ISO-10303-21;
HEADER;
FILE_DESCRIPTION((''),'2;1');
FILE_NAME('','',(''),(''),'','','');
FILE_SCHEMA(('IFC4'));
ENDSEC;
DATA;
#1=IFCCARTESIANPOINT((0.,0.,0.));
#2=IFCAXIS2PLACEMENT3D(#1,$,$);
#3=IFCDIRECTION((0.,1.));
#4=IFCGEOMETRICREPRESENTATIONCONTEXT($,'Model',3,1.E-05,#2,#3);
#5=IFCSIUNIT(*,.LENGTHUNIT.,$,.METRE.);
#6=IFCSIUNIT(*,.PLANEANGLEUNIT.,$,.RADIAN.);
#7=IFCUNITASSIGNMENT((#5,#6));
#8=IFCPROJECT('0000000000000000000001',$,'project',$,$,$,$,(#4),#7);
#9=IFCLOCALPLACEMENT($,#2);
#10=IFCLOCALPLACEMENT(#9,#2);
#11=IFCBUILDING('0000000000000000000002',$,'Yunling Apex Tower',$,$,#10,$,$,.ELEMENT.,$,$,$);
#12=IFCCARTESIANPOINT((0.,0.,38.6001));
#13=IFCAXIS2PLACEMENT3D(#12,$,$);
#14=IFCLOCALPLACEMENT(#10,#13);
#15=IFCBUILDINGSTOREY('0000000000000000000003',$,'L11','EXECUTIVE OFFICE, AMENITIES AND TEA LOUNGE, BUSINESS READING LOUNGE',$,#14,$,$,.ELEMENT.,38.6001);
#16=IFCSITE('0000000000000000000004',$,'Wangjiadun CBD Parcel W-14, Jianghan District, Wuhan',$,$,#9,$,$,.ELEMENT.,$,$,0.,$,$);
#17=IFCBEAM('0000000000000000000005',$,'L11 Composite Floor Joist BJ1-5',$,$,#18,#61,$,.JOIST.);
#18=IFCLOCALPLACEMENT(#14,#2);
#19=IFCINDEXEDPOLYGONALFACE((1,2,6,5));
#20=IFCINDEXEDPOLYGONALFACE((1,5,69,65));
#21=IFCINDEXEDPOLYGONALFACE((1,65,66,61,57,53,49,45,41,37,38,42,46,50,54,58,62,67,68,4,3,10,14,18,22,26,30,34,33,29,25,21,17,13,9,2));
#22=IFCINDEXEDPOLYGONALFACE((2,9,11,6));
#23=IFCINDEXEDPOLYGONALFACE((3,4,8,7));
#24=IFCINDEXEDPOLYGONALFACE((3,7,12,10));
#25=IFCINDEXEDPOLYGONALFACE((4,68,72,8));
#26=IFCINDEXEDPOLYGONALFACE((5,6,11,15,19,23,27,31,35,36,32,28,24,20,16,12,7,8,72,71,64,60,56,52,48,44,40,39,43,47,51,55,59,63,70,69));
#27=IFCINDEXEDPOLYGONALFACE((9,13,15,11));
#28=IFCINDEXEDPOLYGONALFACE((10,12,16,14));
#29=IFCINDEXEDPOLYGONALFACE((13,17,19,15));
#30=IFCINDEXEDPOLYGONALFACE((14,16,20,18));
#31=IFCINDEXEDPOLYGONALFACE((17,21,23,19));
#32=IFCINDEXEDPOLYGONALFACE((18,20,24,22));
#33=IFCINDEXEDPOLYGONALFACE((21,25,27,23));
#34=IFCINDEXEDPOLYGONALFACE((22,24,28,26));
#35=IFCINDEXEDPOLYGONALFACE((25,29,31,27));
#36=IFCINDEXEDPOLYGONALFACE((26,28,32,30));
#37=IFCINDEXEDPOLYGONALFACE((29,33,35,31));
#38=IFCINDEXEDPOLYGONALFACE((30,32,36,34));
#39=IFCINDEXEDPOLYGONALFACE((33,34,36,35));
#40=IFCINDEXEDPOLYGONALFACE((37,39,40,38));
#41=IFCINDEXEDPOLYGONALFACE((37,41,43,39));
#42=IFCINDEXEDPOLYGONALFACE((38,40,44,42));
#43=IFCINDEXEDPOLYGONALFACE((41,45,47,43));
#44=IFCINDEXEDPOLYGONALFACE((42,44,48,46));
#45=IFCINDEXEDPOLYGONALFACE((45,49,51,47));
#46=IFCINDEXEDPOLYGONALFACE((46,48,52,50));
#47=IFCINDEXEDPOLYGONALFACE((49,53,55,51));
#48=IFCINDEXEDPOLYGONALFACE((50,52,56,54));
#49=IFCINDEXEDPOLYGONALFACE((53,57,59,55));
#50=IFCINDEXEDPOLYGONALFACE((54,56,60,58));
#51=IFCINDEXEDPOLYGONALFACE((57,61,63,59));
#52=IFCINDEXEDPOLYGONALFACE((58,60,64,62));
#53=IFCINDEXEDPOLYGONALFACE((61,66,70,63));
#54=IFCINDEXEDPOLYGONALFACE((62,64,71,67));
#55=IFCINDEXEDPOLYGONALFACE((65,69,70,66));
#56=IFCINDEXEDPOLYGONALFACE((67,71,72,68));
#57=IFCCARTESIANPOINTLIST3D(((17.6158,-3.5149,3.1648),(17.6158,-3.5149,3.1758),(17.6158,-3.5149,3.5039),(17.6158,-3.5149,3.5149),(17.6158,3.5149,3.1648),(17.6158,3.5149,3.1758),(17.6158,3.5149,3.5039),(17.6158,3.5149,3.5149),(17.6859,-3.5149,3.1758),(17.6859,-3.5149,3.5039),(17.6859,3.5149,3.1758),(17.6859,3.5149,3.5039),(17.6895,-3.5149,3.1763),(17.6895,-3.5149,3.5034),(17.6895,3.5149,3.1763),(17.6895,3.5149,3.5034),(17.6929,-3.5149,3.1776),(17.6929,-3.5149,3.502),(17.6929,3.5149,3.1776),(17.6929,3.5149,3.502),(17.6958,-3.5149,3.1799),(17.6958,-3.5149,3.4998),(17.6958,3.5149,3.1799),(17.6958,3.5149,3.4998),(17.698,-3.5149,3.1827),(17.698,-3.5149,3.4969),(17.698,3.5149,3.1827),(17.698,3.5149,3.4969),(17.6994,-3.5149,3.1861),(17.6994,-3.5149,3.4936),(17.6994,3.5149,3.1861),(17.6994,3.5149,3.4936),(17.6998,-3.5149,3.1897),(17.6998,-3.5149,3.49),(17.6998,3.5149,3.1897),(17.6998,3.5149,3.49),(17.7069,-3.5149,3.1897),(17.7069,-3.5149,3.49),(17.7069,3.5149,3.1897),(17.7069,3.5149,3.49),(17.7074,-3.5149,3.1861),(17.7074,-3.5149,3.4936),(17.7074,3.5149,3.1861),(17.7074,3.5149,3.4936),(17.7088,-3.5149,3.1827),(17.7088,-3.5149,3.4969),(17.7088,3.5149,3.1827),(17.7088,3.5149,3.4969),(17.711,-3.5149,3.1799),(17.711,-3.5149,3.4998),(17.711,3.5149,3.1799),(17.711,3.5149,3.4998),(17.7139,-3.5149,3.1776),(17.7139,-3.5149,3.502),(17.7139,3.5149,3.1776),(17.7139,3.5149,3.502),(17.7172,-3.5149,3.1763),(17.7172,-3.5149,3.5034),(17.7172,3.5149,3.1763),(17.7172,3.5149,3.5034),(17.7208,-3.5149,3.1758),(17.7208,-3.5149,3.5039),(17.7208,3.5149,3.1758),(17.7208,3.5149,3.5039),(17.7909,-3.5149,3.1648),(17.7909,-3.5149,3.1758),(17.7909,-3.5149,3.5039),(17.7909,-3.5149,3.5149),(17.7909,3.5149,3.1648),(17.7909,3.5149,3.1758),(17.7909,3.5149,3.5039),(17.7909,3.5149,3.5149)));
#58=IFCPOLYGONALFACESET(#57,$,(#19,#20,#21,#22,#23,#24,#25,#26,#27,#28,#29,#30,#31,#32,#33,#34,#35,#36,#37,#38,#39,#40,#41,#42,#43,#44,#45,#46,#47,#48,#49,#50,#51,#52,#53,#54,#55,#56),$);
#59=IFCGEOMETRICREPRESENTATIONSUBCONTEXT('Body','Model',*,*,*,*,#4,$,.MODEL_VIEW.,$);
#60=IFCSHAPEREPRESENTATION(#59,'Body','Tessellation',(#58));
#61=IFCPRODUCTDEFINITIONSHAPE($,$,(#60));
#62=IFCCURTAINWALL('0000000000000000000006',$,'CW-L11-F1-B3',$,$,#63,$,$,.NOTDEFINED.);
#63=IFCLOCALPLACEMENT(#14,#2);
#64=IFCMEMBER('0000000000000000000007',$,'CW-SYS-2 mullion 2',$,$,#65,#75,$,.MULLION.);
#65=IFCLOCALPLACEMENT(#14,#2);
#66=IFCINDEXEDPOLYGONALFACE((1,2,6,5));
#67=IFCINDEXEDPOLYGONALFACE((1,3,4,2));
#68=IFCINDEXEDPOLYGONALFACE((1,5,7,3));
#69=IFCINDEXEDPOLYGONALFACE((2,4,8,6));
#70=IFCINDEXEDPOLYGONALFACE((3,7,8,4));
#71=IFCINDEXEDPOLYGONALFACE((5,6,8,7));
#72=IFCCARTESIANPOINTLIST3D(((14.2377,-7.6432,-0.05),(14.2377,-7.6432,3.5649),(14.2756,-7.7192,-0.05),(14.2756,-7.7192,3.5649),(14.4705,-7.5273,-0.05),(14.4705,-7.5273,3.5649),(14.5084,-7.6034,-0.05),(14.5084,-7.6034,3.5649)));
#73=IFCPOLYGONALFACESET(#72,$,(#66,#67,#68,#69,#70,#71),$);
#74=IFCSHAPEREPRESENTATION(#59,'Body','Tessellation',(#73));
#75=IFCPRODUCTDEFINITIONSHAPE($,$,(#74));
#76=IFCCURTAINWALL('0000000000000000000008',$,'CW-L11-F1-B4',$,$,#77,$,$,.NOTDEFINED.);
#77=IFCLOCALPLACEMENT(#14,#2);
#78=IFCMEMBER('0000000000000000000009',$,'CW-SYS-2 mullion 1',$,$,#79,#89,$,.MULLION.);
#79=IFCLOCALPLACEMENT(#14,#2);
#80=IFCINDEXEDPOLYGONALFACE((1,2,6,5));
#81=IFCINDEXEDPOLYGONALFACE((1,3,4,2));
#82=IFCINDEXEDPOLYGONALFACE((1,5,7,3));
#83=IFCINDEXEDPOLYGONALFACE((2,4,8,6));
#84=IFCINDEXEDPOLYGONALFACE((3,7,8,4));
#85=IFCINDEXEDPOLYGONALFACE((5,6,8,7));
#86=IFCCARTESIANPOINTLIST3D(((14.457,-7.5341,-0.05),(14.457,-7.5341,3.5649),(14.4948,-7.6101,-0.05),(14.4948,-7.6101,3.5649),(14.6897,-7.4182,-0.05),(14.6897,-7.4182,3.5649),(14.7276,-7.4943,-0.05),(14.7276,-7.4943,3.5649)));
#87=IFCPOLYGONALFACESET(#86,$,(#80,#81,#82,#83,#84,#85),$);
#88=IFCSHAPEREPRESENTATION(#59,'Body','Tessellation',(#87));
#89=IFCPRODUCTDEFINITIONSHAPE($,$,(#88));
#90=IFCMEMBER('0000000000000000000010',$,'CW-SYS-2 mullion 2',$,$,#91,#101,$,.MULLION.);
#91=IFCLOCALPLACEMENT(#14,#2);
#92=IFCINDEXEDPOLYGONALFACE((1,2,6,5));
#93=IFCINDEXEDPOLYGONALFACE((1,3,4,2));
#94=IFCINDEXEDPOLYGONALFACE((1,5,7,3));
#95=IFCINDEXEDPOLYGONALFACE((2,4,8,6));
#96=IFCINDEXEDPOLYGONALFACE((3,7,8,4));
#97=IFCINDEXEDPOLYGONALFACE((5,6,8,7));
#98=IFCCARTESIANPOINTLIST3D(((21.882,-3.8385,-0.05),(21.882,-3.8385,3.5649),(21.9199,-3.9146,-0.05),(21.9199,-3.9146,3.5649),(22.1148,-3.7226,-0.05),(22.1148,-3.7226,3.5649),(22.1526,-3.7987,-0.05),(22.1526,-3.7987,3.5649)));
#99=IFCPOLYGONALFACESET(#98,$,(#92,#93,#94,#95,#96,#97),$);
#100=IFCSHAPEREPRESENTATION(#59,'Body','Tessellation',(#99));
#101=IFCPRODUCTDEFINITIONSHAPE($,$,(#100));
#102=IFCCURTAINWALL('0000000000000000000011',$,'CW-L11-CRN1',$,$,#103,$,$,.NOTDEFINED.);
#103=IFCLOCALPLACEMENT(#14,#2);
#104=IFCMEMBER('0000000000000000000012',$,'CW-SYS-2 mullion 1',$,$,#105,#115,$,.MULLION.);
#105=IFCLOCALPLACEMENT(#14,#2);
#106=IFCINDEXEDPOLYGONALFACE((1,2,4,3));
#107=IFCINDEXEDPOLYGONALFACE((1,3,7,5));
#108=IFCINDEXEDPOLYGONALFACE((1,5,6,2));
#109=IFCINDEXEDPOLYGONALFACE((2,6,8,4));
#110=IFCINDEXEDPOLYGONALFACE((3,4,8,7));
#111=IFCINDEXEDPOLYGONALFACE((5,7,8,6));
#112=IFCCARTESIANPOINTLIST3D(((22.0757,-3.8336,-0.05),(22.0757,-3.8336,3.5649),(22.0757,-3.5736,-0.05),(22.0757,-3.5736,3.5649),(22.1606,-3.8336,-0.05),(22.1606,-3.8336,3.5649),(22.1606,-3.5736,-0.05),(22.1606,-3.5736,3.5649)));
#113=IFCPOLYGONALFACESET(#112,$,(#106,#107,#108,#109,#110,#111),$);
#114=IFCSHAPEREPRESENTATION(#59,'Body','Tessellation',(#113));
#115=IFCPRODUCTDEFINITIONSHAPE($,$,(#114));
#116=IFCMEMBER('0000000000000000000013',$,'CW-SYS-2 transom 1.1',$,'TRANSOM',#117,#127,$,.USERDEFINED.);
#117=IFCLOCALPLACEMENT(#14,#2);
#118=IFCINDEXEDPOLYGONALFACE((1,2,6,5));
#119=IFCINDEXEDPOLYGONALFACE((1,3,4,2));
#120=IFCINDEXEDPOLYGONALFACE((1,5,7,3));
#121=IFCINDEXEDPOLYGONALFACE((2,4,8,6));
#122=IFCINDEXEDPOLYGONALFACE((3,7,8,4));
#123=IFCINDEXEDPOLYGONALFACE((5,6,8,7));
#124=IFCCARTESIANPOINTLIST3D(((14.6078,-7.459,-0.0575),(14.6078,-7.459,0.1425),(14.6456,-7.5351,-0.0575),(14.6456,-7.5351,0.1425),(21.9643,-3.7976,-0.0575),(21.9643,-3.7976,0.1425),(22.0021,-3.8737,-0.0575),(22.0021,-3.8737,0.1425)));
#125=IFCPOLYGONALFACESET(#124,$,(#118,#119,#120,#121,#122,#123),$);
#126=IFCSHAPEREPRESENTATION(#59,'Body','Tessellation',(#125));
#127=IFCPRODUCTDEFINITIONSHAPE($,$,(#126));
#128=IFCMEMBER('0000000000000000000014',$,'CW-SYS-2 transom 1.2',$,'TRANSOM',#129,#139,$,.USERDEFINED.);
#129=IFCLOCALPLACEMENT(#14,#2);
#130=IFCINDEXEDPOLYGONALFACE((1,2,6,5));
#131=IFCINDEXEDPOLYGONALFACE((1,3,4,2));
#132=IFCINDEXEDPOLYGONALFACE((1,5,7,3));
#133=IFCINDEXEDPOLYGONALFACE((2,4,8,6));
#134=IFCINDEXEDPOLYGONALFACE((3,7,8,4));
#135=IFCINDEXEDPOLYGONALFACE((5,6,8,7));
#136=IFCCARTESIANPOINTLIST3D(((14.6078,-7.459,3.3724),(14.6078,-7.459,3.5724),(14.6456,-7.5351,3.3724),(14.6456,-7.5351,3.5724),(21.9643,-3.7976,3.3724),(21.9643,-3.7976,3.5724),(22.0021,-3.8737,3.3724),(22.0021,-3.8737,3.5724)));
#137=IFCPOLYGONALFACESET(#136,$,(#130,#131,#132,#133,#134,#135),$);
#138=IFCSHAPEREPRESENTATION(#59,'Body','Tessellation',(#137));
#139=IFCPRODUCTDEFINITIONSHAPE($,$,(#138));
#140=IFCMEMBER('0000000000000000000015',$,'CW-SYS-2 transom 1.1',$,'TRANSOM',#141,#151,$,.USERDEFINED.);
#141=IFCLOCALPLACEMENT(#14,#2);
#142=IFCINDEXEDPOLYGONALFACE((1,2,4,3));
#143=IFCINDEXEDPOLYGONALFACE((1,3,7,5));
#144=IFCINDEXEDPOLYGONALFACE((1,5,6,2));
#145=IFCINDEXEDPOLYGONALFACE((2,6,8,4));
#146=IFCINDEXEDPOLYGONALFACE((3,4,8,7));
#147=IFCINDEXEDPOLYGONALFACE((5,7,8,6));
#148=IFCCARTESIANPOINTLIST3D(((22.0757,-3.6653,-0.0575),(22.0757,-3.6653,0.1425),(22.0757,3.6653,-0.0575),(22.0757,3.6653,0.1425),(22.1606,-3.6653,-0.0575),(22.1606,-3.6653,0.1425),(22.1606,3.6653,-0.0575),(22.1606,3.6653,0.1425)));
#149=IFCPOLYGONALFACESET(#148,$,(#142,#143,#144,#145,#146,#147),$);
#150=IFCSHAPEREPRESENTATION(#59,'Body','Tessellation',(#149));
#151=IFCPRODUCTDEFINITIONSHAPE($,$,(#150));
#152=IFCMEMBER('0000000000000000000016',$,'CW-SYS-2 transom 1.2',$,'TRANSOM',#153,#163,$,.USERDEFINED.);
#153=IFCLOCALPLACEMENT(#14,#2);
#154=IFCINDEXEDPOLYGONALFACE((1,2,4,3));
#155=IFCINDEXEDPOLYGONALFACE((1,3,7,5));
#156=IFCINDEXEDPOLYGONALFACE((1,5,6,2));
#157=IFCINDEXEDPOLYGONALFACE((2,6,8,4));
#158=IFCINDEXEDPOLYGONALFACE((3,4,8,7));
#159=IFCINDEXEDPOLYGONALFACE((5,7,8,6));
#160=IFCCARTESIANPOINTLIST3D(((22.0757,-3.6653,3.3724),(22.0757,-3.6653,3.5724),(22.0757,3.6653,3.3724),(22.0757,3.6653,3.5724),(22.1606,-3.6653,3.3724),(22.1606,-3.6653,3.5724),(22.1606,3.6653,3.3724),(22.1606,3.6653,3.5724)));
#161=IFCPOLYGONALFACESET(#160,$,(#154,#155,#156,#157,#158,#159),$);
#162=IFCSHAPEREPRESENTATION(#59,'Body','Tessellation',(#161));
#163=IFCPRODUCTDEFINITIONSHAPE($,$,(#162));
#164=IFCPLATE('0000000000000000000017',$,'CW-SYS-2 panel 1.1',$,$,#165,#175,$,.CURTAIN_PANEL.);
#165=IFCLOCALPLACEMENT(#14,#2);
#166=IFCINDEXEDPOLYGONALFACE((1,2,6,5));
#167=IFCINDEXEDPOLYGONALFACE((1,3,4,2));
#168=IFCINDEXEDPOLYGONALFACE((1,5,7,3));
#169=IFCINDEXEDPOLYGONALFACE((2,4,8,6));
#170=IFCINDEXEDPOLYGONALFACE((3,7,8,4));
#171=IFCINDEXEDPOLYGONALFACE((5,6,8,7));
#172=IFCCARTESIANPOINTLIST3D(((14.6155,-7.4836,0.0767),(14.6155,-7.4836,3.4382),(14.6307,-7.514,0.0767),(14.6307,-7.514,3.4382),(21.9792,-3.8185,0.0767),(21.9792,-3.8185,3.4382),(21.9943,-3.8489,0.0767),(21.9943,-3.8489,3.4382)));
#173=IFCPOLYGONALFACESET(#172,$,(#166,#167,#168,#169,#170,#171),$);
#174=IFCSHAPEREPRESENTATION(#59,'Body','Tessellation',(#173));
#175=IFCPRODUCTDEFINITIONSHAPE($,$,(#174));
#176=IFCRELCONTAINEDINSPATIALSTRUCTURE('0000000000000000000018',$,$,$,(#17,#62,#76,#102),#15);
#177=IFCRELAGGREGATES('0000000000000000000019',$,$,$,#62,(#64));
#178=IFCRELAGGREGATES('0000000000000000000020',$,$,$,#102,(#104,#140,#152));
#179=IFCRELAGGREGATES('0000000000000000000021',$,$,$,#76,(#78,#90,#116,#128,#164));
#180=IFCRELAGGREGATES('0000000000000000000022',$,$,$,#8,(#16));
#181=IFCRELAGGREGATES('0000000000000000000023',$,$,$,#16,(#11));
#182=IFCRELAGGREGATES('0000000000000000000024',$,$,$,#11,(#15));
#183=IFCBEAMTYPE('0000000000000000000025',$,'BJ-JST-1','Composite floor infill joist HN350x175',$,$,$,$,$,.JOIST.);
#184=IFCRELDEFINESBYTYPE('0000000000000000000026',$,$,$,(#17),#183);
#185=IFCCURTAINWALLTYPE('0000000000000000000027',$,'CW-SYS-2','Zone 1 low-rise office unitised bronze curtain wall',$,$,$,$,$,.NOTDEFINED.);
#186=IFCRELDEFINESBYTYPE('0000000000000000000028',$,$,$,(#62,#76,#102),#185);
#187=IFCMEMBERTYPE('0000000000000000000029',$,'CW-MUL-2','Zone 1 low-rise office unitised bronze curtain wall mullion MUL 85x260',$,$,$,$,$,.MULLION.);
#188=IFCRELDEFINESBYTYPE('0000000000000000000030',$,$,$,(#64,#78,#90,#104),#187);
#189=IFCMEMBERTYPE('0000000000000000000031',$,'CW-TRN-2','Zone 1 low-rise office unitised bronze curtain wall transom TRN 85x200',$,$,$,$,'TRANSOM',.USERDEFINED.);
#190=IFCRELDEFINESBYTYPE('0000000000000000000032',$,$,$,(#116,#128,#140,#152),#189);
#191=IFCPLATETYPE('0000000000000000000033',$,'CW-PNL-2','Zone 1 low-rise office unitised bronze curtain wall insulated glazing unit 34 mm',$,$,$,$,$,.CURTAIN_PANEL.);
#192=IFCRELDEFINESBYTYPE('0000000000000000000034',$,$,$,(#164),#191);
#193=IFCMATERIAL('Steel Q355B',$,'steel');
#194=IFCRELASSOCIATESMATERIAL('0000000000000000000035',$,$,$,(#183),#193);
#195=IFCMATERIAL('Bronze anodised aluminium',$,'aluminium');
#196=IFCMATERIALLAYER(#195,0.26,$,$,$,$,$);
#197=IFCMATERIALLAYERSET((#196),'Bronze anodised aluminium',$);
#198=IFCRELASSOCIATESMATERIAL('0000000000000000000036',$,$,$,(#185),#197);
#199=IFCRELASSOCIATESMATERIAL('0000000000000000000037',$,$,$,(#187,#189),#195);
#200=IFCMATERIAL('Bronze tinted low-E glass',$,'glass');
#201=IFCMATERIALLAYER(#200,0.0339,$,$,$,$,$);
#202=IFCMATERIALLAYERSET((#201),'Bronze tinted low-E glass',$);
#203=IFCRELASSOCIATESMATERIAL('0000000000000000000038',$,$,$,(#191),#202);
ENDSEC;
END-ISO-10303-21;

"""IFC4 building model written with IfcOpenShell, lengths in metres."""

from ifc_helpers import new_model, si_unit, direction, frame, origin, origin_2d, place, context, subcontext, project, spatial, rectangle, i_section, extrude, source, transform, mapped, material, layer, layer_set, material_profile, profile_set, type_object, element, aggregate, save


model = new_model("IFC4")

# Units and contexts
model_context = context("Model", 3, precision=1e-05, world=origin(), true_north=direction((0.0, 1.0)))
body_context = subcontext(model_context, "Body", "Model", "MODEL_VIEW")
ifc_project = project(units=[si_unit("LENGTHUNIT", "METRE"), si_unit("PLANEANGLEUNIT", "RADIAN")], contexts=[model_context])

# Site, building, storey
site_placement = place(None, origin())
site = spatial("IfcSite", under=ifc_project, at=site_placement, Name="Wangjiadun CBD Parcel W-14, Jianghan District, Wuhan", CompositionType="ELEMENT", RefElevation=0.0)
building_placement = place(site_placement, origin())
building = spatial("IfcBuilding", under=site, at=building_placement, Name="Yunling Apex Tower", CompositionType="ELEMENT")
storey_placement = place(building_placement, frame((0.0, 0.0, 38.6001)))
storey = spatial("IfcBuildingStorey", under=building, at=storey_placement, Name="L11", Description="EXECUTIVE OFFICE, AMENITIES AND TEA LOUNGE, BUSINESS READING LOUNGE", CompositionType="ELEMENT", Elevation=38.6001)

# Beam
ifc_material_1 = material(Name="Steel Q355B", Category="steel")
ifc_material_profile_1 = material_profile(ifc_material_1, i_section(OverallWidth=0.175, OverallDepth=0.3501, WebThickness=0.0071, FlangeThickness=0.011, FilletRadius=0.0139, at=origin_2d()))
ifc_profile_set_1 = profile_set([ifc_material_profile_1], Name="Steel Q355B")
beam_type_1 = type_object("IfcBeamType", Name="BJ-JST-1", Description="Composite floor infill joist HN350x175", PredefinedType="JOIST", material=ifc_profile_set_1)
shared_shape_1 = source(origin(), body_context, "Body", "SweptSolid", [
    extrude(i_section(OverallWidth=0.175, OverallDepth=0.3501, WebThickness=0.0071, FlangeThickness=0.011, FilletRadius=0.0139, at=origin_2d()), origin(), (0.0, 0.0, 1.0), 7.0298),
])
beam_1_placement = place(storey_placement, frame((17.7034, -3.5149, 3.3398), z_axis=(0.0, 1.0, 0.0), x_axis=(-1.0, 0.0, 0.0)))
element("IfcBeam", 1, at=beam_1_placement, inside=storey, type_object=beam_type_1, Name="L11 Composite Floor Joist BJ1-5", PredefinedType="JOIST", context=body_context, shape_type="MappedRepresentation", body=[
    mapped(shared_shape_1, transform((0.0, 0.0, 0.0), scale=1.0)),
])

# Curtain wall, member
ifc_material_2 = material(Name="Bronze anodised aluminium", Category="aluminium")
ifc_layer_1 = layer(ifc_material_2, 0.26)
ifc_layer_set_1 = layer_set([ifc_layer_1], Name="Bronze anodised aluminium")
curtain_wall_type = type_object("IfcCurtainWallType", Name="CW-SYS-2", Description="Zone 1 low-rise office unitised bronze curtain wall", PredefinedType="NOTDEFINED", material=ifc_layer_set_1)
curtain_wall_1_placement = place(storey_placement, origin())
curtain_wall_1 = element("IfcCurtainWall", 2, at=curtain_wall_1_placement, inside=storey, type_object=curtain_wall_type, Name="CW-L11-F1-B3", PredefinedType="NOTDEFINED")
ifc_material_profile_2 = material_profile(ifc_material_2, rectangle(XDim=0.085, YDim=0.26, at=origin_2d()))
ifc_profile_set_2 = profile_set([ifc_material_profile_2], Name="Bronze anodised aluminium")
member_type_1 = type_object("IfcMemberType", Name="CW-MUL-2", Description="Zone 1 low-rise office unitised bronze curtain wall mullion MUL 85x260", PredefinedType="MULLION", material=ifc_profile_set_2)
shared_shape_2 = source(origin(), body_context, "Body", "SweptSolid", [
    extrude(rectangle(XDim=0.085, YDim=0.26, at=origin_2d()), origin(), (0.0, 0.0, 1.0), 3.615),
])
member_1_placement = place(storey_placement, frame((14.373, -7.6233, -0.05), z_axis=(0.0, 0.0, 1.0), x_axis=(-0.445571, 0.895247, 0.0)))
member_1 = element("IfcMember", 3, at=member_1_placement, type_object=member_type_1, Name="CW-SYS-2 mullion 2", PredefinedType="MULLION", context=body_context, shape_type="MappedRepresentation", body=[
    mapped(shared_shape_2, transform((0.0, 0.0, 0.0), scale=1.0)),
])
aggregate(curtain_wall_1, [member_1])

# Curtain wall, members
curtain_wall_2_placement = place(storey_placement, origin())
curtain_wall_2 = element("IfcCurtainWall", 4, at=curtain_wall_2_placement, inside=storey, type_object=curtain_wall_type, Name="CW-L11-F1-B4", PredefinedType="NOTDEFINED")
member_2_placement = place(storey_placement, frame((14.5923, -7.5142, -0.05), z_axis=(0.0, 0.0, 1.0), x_axis=(-0.44558, 0.895242, 0.0)))
member_2 = element("IfcMember", 5, at=member_2_placement, type_object=member_type_1, Name="CW-SYS-2 mullion 1", PredefinedType="MULLION", context=body_context, shape_type="MappedRepresentation", body=[
    mapped(shared_shape_2, transform((0.0, 0.0, 0.0), scale=1.0)),
])
member_3_placement = place(storey_placement, frame((22.0173, -3.8186, -0.05), z_axis=(0.0, 0.0, 1.0), x_axis=(-0.44558, 0.895242, 0.0)))
member_3 = element("IfcMember", 6, at=member_3_placement, type_object=member_type_1, Name="CW-SYS-2 mullion 2", PredefinedType="MULLION", context=body_context, shape_type="MappedRepresentation", body=[
    mapped(shared_shape_2, transform((0.0, 0.0, 0.0), scale=1.0)),
])

# Curtain wall, member
curtain_wall_3_placement = place(storey_placement, origin())
curtain_wall_3 = element("IfcCurtainWall", 7, at=curtain_wall_3_placement, inside=storey, type_object=curtain_wall_type, Name="CW-L11-CRN1", PredefinedType="NOTDEFINED")
member_4_placement = place(storey_placement, frame((22.1182, -3.7036, -0.05), z_axis=(0.0, 0.0, 1.0), x_axis=(-1.0, 0.0, 0.0)))
member_4 = element("IfcMember", 8, at=member_4_placement, type_object=member_type_1, Name="CW-SYS-2 mullion 1", PredefinedType="MULLION", context=body_context, shape_type="MappedRepresentation", body=[
    mapped(shared_shape_2, transform((0.0, 0.0, 0.0), scale=1.0)),
])

# Members
ifc_material_profile_3 = material_profile(ifc_material_2, rectangle(XDim=0.085, YDim=0.2, at=origin_2d()))
ifc_profile_set_3 = profile_set([ifc_material_profile_3], Name="Bronze anodised aluminium")
member_type_2 = type_object("IfcMemberType", Name="CW-TRN-2", Description="Zone 1 low-rise office unitised bronze curtain wall transom TRN 85x200", ElementType="TRANSOM", PredefinedType="USERDEFINED", material=ifc_profile_set_3)
shared_shape_3 = source(origin(), body_context, "Body", "SweptSolid", [
    extrude(rectangle(XDim=0.085, YDim=0.2, at=origin_2d()), origin(), (0.0, 0.0, 1.0), 8.2173),
])
member_5_placement = place(storey_placement, frame((14.6267, -7.4971, 0.0425), z_axis=(0.895246, 0.445573, 0.0), x_axis=(-0.445573, 0.895246, 0.0)))
member_5 = element("IfcMember", 9, at=member_5_placement, type_object=member_type_2, Name="CW-SYS-2 transom 1.1", ObjectType="TRANSOM", PredefinedType="USERDEFINED", context=body_context, shape_type="MappedRepresentation", body=[
    mapped(shared_shape_3, transform((0.0, 0.0, 0.0), scale=1.0)),
])
member_6_placement = place(storey_placement, frame((14.6267, -7.4971, 3.4724), z_axis=(0.895246, 0.445573, 0.0), x_axis=(-0.445573, 0.895246, 0.0)))
member_6 = element("IfcMember", 10, at=member_6_placement, type_object=member_type_2, Name="CW-SYS-2 transom 1.2", ObjectType="TRANSOM", PredefinedType="USERDEFINED", context=body_context, shape_type="MappedRepresentation", body=[
    mapped(shared_shape_3, transform((0.0, 0.0, 0.0), scale=1.0)),
])
shared_shape_4 = source(origin(), body_context, "Body", "SweptSolid", [
    extrude(rectangle(XDim=0.085, YDim=0.2, at=origin_2d()), origin(), (0.0, 0.0, 1.0), 7.3306),
])
member_7_placement = place(storey_placement, frame((22.1182, -3.6653, 0.0425), z_axis=(0.0, 1.0, 0.0), x_axis=(-1.0, 0.0, 0.0)))
member_7 = element("IfcMember", 11, at=member_7_placement, type_object=member_type_2, Name="CW-SYS-2 transom 1.1", ObjectType="TRANSOM", PredefinedType="USERDEFINED", context=body_context, shape_type="MappedRepresentation", body=[
    mapped(shared_shape_4, transform((0.0, 0.0, 0.0), scale=1.0)),
])
member_8_placement = place(storey_placement, frame((22.1182, -3.6653, 3.4724), z_axis=(0.0, 1.0, 0.0), x_axis=(-1.0, 0.0, 0.0)))
member_8 = element("IfcMember", 12, at=member_8_placement, type_object=member_type_2, Name="CW-SYS-2 transom 1.2", ObjectType="TRANSOM", PredefinedType="USERDEFINED", context=body_context, shape_type="MappedRepresentation", body=[
    mapped(shared_shape_4, transform((0.0, 0.0, 0.0), scale=1.0)),
])
aggregate(curtain_wall_3, [member_4, member_7, member_8])

# Plate
ifc_material_3 = material(Name="Bronze tinted low-E glass", Category="glass")
ifc_layer_2 = layer(ifc_material_3, 0.0339)
ifc_layer_set_2 = layer_set([ifc_layer_2], Name="Bronze tinted low-E glass")
plate_type = type_object("IfcPlateType", Name="CW-PNL-2", Description="Zone 1 low-rise office unitised bronze curtain wall insulated glazing unit 34 mm", PredefinedType="CURTAIN_PANEL", material=ifc_layer_set_2)
shared_shape_5 = source(origin(), body_context, "Body", "SweptSolid", [
    extrude(rectangle(XDim=8.2253, YDim=0.0339, at=origin_2d()), origin(), (0.0, 0.0, 1.0), 3.3616),
])
plate_placement = place(storey_placement, frame((18.3049, -5.6663, 0.0767), z_axis=(0.0, 0.0, 1.0), x_axis=(0.895242, 0.44558, 0.0)))
plate = element("IfcPlate", 13, at=plate_placement, type_object=plate_type, Name="CW-SYS-2 panel 1.1", PredefinedType="CURTAIN_PANEL", context=body_context, shape_type="MappedRepresentation", body=[
    mapped(shared_shape_5, transform((0.0, 0.0, 0.0), scale=1.0)),
])
aggregate(curtain_wall_2, [member_2, member_3, member_5, member_6, plate])

save(model, "model.ifc")
